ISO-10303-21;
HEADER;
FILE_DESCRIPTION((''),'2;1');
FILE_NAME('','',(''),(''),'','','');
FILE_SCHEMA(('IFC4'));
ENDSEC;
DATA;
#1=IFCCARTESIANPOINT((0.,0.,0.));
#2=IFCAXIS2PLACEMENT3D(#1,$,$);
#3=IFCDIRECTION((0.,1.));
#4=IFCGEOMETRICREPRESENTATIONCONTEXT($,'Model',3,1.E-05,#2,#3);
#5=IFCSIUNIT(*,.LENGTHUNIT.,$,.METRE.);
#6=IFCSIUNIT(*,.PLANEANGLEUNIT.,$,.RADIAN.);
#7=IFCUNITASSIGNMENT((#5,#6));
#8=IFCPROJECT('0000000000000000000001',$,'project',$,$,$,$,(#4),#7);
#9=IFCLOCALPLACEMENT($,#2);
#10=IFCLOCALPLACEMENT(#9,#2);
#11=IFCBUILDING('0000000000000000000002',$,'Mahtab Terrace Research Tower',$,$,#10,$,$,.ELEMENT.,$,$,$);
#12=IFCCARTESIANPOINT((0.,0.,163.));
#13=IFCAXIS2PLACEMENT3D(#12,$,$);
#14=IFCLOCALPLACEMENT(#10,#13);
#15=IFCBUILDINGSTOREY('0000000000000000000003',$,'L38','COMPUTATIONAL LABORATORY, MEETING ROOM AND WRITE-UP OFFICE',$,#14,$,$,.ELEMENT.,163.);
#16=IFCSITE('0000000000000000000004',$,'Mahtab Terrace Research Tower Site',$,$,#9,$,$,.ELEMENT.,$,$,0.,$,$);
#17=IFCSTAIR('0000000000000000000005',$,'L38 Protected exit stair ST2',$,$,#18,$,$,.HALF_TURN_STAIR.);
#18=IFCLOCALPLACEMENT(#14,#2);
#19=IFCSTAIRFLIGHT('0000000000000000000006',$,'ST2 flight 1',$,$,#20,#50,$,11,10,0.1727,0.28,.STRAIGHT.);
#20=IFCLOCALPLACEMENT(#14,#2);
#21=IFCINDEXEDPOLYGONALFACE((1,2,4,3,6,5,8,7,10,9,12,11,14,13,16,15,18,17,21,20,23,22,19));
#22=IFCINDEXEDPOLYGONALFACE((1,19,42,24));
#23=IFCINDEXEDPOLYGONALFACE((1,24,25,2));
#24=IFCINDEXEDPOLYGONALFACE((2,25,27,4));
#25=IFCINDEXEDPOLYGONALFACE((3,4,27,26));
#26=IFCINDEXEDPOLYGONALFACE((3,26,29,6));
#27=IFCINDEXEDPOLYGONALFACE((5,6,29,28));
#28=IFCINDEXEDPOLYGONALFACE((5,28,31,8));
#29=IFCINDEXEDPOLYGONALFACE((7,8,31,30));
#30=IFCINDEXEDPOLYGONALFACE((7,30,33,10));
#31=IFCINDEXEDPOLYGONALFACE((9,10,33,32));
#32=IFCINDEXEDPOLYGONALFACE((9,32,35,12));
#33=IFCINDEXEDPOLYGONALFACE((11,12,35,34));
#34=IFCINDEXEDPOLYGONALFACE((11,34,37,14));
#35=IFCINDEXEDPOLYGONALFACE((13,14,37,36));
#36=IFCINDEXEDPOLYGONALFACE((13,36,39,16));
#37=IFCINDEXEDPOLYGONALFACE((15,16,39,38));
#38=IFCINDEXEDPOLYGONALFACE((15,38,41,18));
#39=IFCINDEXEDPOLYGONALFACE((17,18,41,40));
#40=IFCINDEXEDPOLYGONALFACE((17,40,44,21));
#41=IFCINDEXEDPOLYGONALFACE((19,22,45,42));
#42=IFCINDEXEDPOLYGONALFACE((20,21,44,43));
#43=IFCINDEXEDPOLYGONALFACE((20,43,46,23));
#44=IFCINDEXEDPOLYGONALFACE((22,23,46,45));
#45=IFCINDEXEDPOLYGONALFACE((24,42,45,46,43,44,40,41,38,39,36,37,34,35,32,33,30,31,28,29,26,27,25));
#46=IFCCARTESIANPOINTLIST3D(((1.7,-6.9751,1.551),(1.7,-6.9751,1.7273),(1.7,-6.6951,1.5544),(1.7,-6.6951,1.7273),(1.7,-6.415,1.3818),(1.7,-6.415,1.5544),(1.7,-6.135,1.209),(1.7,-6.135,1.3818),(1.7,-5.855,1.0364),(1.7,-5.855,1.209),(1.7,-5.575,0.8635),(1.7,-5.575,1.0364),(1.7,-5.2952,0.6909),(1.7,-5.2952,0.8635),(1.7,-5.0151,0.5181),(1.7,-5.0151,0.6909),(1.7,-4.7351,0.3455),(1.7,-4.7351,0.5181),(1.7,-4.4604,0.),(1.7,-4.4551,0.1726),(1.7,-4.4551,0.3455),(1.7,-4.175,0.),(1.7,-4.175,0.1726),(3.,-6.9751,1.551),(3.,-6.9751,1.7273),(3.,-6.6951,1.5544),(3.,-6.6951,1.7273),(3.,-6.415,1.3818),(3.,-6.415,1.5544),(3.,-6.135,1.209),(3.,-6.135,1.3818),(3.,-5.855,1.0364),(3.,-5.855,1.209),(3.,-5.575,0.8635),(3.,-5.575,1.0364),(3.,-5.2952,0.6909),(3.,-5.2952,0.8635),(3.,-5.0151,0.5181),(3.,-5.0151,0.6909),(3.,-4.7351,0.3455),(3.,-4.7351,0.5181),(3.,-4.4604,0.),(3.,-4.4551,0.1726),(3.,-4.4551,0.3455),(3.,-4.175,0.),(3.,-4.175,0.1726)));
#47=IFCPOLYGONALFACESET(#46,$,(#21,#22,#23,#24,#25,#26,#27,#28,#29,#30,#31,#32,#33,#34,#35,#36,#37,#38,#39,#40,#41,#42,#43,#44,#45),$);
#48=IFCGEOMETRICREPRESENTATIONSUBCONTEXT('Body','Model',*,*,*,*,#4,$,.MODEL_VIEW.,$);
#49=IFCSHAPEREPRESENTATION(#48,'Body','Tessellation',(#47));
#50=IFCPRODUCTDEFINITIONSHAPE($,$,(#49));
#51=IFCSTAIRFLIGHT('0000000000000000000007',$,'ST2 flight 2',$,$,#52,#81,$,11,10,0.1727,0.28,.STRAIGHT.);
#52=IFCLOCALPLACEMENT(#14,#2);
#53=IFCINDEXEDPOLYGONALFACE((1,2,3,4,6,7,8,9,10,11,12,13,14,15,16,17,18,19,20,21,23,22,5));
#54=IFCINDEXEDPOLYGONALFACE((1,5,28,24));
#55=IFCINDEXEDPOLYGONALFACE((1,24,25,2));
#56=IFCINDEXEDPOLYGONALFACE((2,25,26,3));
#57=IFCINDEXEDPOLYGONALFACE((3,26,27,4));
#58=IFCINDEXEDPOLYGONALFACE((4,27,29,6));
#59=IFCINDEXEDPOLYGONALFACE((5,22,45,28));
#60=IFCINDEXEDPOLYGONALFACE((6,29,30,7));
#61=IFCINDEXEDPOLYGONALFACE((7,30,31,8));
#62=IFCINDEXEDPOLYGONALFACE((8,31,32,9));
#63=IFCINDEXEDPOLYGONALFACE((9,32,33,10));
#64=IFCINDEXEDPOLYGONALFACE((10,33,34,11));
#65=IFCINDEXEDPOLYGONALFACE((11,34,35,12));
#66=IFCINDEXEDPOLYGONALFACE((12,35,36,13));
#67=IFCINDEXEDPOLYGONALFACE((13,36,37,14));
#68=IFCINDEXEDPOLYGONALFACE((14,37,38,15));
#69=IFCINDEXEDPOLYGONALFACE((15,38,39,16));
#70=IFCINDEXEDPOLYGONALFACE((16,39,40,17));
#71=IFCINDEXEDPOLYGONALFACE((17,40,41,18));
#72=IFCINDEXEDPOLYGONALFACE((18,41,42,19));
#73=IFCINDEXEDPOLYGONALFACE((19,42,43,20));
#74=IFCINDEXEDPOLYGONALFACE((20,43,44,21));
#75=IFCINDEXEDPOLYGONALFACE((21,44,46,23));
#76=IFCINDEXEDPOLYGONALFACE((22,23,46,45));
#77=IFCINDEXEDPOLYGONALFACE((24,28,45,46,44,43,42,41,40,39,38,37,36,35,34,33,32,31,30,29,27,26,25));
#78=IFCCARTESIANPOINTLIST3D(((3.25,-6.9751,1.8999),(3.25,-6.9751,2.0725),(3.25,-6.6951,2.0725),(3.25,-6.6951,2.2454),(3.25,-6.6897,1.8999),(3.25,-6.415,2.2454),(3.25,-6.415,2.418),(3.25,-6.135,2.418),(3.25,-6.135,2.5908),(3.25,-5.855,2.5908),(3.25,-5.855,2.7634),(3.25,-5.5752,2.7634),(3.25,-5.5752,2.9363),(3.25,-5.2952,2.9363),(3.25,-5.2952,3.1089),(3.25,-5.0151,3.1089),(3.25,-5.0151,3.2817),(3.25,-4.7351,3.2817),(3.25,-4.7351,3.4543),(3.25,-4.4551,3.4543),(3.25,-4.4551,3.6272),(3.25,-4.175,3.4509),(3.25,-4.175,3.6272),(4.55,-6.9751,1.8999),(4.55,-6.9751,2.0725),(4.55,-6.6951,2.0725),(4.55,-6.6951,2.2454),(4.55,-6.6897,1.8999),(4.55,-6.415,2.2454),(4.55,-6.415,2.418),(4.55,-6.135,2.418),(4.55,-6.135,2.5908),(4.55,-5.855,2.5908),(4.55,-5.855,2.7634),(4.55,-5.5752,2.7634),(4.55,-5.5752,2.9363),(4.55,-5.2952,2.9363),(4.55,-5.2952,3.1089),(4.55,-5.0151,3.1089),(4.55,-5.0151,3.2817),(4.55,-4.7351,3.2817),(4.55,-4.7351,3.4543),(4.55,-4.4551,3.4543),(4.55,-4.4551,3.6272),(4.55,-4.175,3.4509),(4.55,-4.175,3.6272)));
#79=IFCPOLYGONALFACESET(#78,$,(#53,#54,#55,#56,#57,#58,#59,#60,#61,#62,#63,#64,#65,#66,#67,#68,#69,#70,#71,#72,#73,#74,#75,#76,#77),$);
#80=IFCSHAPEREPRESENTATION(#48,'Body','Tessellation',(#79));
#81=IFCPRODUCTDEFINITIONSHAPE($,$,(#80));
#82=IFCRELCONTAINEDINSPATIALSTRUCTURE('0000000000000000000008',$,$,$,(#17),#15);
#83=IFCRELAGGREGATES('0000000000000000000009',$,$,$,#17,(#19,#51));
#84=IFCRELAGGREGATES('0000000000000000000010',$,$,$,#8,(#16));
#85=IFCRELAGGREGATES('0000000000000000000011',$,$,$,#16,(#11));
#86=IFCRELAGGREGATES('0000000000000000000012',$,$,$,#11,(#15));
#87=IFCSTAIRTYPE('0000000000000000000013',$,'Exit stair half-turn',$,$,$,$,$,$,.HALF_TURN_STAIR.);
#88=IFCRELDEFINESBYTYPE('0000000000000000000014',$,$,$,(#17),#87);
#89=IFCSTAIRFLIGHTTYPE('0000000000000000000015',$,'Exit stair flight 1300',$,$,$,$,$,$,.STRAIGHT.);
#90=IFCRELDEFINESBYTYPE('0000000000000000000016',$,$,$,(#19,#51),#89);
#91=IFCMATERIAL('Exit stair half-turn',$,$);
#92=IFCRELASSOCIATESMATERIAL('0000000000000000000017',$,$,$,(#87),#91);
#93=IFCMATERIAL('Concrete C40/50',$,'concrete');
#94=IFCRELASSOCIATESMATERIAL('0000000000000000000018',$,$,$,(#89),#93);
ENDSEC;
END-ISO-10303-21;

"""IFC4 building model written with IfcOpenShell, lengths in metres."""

from ifc_helpers import new_model, si_unit, direction, frame, origin, place, context, subcontext, project, spatial, polyline, outline, extrude, material, type_object, element, aggregate, save


model = new_model("IFC4")

# Units and contexts
model_context = context("Model", 3, precision=1e-05, world=origin(), true_north=direction((0.0, 1.0)))
body_context = subcontext(model_context, "Body", "Model", "MODEL_VIEW")
ifc_project = project(units=[si_unit("LENGTHUNIT", "METRE"), si_unit("PLANEANGLEUNIT", "RADIAN")], contexts=[model_context])

# Site, building, storey
site_placement = place(None, origin())
site = spatial("IfcSite", under=ifc_project, at=site_placement, Name="Mahtab Terrace Research Tower Site", CompositionType="ELEMENT", RefElevation=0.0)
building_placement = place(site_placement, origin())
building = spatial("IfcBuilding", under=site, at=building_placement, Name="Mahtab Terrace Research Tower", CompositionType="ELEMENT")
storey_placement = place(building_placement, frame((0.0, 0.0, 163.0)))
storey = spatial("IfcBuildingStorey", under=building, at=storey_placement, Name="L38", Description="COMPUTATIONAL LABORATORY, MEETING ROOM AND WRITE-UP OFFICE", CompositionType="ELEMENT", Elevation=163.0)

# Stair, stair flights
ifc_material_1 = material(Name="Exit stair half-turn")
stair_type = type_object("IfcStairType", Name="Exit stair half-turn", PredefinedType="HALF_TURN_STAIR", material=ifc_material_1)
stair_placement = place(storey_placement, origin())
stair = element("IfcStair", 1, at=stair_placement, inside=storey, type_object=stair_type, Name="L38 Protected exit stair ST2", PredefinedType="HALF_TURN_STAIR")
ifc_material_2 = material(Name="Concrete C40/50", Category="concrete")
stair_flight_type = type_object("IfcStairFlightType", Name="Exit stair flight 1300", PredefinedType="STRAIGHT", material=ifc_material_2)
stair_flight_1_placement = place(storey_placement, frame((2.3501, -4.175, 0.0), z_axis=(0.0, 0.0, 1.0), x_axis=(0.0, -1.0, 0.0)))
stair_flight_1 = element("IfcStairFlight", 2, at=stair_flight_1_placement, type_object=stair_flight_type, Name="ST2 flight 1", NumberOfRisers=11, NumberOfTreads=10, PredefinedType="STRAIGHT", RiserHeight=0.1727, TreadLength=0.28, context=body_context, shape_type="SweptSolid", body=[
    extrude(outline(polyline([(0.0, 0.0), (0.0, 0.1726), (0.28, 0.1726), (0.28, 0.3455), (0.5601, 0.3455), (0.5601, 0.5181), (0.8401, 0.5181), (0.8401, 0.6909), (1.1201, 0.6909), (1.1201, 0.8635), (1.3999, 0.8635), (1.3999, 1.0364), (1.6799, 1.0364), (1.6799, 1.209), (1.96, 1.209), (1.96, 1.3818), (2.24, 1.3818), (2.24, 1.5544), (2.52, 1.5544), (2.52, 1.7273), (2.8, 1.7273), (2.8, 1.8999), (2.8, 1.551), (0.2854, 0.0), (0.0, 0.0)])), frame((0.0, 0.6499, 0.0), z_axis=(0.0, -1.0, 0.0), x_axis=(1.0, 0.0, 0.0)), (0.0, 0.0, 1.0), 1.3),
])
stair_flight_2_placement = place(storey_placement, frame((3.8999, -6.9751, 1.8999), z_axis=(0.0, 0.0, 1.0), x_axis=(0.0, 1.0, 0.0)))
stair_flight_2 = element("IfcStairFlight", 3, at=stair_flight_2_placement, type_object=stair_flight_type, Name="ST2 flight 2", NumberOfRisers=11, NumberOfTreads=10, PredefinedType="STRAIGHT", RiserHeight=0.1727, TreadLength=0.28, context=body_context, shape_type="SweptSolid", body=[
    extrude(outline(polyline([(0.0, 0.0), (0.0, 0.1726), (0.28, 0.1726), (0.28, 0.3455), (0.5601, 0.3455), (0.5601, 0.5181), (0.8401, 0.5181), (0.8401, 0.6909), (1.1201, 0.6909), (1.1201, 0.8635), (1.3999, 0.8635), (1.3999, 1.0364), (1.6799, 1.0364), (1.6799, 1.209), (1.96, 1.209), (1.96, 1.3818), (2.24, 1.3818), (2.24, 1.5544), (2.52, 1.5544), (2.52, 1.7273), (2.8, 1.7273), (2.8, 1.8999), (2.8, 1.551), (0.2854, 0.0), (0.0, 0.0)])), frame((0.0, 0.6499, 0.0), z_axis=(0.0, -1.0, 0.0), x_axis=(1.0, 0.0, 0.0)), (0.0, 0.0, 1.0), 1.3),
])
aggregate(stair, [stair_flight_1, stair_flight_2])

save(model, "model.ifc")
